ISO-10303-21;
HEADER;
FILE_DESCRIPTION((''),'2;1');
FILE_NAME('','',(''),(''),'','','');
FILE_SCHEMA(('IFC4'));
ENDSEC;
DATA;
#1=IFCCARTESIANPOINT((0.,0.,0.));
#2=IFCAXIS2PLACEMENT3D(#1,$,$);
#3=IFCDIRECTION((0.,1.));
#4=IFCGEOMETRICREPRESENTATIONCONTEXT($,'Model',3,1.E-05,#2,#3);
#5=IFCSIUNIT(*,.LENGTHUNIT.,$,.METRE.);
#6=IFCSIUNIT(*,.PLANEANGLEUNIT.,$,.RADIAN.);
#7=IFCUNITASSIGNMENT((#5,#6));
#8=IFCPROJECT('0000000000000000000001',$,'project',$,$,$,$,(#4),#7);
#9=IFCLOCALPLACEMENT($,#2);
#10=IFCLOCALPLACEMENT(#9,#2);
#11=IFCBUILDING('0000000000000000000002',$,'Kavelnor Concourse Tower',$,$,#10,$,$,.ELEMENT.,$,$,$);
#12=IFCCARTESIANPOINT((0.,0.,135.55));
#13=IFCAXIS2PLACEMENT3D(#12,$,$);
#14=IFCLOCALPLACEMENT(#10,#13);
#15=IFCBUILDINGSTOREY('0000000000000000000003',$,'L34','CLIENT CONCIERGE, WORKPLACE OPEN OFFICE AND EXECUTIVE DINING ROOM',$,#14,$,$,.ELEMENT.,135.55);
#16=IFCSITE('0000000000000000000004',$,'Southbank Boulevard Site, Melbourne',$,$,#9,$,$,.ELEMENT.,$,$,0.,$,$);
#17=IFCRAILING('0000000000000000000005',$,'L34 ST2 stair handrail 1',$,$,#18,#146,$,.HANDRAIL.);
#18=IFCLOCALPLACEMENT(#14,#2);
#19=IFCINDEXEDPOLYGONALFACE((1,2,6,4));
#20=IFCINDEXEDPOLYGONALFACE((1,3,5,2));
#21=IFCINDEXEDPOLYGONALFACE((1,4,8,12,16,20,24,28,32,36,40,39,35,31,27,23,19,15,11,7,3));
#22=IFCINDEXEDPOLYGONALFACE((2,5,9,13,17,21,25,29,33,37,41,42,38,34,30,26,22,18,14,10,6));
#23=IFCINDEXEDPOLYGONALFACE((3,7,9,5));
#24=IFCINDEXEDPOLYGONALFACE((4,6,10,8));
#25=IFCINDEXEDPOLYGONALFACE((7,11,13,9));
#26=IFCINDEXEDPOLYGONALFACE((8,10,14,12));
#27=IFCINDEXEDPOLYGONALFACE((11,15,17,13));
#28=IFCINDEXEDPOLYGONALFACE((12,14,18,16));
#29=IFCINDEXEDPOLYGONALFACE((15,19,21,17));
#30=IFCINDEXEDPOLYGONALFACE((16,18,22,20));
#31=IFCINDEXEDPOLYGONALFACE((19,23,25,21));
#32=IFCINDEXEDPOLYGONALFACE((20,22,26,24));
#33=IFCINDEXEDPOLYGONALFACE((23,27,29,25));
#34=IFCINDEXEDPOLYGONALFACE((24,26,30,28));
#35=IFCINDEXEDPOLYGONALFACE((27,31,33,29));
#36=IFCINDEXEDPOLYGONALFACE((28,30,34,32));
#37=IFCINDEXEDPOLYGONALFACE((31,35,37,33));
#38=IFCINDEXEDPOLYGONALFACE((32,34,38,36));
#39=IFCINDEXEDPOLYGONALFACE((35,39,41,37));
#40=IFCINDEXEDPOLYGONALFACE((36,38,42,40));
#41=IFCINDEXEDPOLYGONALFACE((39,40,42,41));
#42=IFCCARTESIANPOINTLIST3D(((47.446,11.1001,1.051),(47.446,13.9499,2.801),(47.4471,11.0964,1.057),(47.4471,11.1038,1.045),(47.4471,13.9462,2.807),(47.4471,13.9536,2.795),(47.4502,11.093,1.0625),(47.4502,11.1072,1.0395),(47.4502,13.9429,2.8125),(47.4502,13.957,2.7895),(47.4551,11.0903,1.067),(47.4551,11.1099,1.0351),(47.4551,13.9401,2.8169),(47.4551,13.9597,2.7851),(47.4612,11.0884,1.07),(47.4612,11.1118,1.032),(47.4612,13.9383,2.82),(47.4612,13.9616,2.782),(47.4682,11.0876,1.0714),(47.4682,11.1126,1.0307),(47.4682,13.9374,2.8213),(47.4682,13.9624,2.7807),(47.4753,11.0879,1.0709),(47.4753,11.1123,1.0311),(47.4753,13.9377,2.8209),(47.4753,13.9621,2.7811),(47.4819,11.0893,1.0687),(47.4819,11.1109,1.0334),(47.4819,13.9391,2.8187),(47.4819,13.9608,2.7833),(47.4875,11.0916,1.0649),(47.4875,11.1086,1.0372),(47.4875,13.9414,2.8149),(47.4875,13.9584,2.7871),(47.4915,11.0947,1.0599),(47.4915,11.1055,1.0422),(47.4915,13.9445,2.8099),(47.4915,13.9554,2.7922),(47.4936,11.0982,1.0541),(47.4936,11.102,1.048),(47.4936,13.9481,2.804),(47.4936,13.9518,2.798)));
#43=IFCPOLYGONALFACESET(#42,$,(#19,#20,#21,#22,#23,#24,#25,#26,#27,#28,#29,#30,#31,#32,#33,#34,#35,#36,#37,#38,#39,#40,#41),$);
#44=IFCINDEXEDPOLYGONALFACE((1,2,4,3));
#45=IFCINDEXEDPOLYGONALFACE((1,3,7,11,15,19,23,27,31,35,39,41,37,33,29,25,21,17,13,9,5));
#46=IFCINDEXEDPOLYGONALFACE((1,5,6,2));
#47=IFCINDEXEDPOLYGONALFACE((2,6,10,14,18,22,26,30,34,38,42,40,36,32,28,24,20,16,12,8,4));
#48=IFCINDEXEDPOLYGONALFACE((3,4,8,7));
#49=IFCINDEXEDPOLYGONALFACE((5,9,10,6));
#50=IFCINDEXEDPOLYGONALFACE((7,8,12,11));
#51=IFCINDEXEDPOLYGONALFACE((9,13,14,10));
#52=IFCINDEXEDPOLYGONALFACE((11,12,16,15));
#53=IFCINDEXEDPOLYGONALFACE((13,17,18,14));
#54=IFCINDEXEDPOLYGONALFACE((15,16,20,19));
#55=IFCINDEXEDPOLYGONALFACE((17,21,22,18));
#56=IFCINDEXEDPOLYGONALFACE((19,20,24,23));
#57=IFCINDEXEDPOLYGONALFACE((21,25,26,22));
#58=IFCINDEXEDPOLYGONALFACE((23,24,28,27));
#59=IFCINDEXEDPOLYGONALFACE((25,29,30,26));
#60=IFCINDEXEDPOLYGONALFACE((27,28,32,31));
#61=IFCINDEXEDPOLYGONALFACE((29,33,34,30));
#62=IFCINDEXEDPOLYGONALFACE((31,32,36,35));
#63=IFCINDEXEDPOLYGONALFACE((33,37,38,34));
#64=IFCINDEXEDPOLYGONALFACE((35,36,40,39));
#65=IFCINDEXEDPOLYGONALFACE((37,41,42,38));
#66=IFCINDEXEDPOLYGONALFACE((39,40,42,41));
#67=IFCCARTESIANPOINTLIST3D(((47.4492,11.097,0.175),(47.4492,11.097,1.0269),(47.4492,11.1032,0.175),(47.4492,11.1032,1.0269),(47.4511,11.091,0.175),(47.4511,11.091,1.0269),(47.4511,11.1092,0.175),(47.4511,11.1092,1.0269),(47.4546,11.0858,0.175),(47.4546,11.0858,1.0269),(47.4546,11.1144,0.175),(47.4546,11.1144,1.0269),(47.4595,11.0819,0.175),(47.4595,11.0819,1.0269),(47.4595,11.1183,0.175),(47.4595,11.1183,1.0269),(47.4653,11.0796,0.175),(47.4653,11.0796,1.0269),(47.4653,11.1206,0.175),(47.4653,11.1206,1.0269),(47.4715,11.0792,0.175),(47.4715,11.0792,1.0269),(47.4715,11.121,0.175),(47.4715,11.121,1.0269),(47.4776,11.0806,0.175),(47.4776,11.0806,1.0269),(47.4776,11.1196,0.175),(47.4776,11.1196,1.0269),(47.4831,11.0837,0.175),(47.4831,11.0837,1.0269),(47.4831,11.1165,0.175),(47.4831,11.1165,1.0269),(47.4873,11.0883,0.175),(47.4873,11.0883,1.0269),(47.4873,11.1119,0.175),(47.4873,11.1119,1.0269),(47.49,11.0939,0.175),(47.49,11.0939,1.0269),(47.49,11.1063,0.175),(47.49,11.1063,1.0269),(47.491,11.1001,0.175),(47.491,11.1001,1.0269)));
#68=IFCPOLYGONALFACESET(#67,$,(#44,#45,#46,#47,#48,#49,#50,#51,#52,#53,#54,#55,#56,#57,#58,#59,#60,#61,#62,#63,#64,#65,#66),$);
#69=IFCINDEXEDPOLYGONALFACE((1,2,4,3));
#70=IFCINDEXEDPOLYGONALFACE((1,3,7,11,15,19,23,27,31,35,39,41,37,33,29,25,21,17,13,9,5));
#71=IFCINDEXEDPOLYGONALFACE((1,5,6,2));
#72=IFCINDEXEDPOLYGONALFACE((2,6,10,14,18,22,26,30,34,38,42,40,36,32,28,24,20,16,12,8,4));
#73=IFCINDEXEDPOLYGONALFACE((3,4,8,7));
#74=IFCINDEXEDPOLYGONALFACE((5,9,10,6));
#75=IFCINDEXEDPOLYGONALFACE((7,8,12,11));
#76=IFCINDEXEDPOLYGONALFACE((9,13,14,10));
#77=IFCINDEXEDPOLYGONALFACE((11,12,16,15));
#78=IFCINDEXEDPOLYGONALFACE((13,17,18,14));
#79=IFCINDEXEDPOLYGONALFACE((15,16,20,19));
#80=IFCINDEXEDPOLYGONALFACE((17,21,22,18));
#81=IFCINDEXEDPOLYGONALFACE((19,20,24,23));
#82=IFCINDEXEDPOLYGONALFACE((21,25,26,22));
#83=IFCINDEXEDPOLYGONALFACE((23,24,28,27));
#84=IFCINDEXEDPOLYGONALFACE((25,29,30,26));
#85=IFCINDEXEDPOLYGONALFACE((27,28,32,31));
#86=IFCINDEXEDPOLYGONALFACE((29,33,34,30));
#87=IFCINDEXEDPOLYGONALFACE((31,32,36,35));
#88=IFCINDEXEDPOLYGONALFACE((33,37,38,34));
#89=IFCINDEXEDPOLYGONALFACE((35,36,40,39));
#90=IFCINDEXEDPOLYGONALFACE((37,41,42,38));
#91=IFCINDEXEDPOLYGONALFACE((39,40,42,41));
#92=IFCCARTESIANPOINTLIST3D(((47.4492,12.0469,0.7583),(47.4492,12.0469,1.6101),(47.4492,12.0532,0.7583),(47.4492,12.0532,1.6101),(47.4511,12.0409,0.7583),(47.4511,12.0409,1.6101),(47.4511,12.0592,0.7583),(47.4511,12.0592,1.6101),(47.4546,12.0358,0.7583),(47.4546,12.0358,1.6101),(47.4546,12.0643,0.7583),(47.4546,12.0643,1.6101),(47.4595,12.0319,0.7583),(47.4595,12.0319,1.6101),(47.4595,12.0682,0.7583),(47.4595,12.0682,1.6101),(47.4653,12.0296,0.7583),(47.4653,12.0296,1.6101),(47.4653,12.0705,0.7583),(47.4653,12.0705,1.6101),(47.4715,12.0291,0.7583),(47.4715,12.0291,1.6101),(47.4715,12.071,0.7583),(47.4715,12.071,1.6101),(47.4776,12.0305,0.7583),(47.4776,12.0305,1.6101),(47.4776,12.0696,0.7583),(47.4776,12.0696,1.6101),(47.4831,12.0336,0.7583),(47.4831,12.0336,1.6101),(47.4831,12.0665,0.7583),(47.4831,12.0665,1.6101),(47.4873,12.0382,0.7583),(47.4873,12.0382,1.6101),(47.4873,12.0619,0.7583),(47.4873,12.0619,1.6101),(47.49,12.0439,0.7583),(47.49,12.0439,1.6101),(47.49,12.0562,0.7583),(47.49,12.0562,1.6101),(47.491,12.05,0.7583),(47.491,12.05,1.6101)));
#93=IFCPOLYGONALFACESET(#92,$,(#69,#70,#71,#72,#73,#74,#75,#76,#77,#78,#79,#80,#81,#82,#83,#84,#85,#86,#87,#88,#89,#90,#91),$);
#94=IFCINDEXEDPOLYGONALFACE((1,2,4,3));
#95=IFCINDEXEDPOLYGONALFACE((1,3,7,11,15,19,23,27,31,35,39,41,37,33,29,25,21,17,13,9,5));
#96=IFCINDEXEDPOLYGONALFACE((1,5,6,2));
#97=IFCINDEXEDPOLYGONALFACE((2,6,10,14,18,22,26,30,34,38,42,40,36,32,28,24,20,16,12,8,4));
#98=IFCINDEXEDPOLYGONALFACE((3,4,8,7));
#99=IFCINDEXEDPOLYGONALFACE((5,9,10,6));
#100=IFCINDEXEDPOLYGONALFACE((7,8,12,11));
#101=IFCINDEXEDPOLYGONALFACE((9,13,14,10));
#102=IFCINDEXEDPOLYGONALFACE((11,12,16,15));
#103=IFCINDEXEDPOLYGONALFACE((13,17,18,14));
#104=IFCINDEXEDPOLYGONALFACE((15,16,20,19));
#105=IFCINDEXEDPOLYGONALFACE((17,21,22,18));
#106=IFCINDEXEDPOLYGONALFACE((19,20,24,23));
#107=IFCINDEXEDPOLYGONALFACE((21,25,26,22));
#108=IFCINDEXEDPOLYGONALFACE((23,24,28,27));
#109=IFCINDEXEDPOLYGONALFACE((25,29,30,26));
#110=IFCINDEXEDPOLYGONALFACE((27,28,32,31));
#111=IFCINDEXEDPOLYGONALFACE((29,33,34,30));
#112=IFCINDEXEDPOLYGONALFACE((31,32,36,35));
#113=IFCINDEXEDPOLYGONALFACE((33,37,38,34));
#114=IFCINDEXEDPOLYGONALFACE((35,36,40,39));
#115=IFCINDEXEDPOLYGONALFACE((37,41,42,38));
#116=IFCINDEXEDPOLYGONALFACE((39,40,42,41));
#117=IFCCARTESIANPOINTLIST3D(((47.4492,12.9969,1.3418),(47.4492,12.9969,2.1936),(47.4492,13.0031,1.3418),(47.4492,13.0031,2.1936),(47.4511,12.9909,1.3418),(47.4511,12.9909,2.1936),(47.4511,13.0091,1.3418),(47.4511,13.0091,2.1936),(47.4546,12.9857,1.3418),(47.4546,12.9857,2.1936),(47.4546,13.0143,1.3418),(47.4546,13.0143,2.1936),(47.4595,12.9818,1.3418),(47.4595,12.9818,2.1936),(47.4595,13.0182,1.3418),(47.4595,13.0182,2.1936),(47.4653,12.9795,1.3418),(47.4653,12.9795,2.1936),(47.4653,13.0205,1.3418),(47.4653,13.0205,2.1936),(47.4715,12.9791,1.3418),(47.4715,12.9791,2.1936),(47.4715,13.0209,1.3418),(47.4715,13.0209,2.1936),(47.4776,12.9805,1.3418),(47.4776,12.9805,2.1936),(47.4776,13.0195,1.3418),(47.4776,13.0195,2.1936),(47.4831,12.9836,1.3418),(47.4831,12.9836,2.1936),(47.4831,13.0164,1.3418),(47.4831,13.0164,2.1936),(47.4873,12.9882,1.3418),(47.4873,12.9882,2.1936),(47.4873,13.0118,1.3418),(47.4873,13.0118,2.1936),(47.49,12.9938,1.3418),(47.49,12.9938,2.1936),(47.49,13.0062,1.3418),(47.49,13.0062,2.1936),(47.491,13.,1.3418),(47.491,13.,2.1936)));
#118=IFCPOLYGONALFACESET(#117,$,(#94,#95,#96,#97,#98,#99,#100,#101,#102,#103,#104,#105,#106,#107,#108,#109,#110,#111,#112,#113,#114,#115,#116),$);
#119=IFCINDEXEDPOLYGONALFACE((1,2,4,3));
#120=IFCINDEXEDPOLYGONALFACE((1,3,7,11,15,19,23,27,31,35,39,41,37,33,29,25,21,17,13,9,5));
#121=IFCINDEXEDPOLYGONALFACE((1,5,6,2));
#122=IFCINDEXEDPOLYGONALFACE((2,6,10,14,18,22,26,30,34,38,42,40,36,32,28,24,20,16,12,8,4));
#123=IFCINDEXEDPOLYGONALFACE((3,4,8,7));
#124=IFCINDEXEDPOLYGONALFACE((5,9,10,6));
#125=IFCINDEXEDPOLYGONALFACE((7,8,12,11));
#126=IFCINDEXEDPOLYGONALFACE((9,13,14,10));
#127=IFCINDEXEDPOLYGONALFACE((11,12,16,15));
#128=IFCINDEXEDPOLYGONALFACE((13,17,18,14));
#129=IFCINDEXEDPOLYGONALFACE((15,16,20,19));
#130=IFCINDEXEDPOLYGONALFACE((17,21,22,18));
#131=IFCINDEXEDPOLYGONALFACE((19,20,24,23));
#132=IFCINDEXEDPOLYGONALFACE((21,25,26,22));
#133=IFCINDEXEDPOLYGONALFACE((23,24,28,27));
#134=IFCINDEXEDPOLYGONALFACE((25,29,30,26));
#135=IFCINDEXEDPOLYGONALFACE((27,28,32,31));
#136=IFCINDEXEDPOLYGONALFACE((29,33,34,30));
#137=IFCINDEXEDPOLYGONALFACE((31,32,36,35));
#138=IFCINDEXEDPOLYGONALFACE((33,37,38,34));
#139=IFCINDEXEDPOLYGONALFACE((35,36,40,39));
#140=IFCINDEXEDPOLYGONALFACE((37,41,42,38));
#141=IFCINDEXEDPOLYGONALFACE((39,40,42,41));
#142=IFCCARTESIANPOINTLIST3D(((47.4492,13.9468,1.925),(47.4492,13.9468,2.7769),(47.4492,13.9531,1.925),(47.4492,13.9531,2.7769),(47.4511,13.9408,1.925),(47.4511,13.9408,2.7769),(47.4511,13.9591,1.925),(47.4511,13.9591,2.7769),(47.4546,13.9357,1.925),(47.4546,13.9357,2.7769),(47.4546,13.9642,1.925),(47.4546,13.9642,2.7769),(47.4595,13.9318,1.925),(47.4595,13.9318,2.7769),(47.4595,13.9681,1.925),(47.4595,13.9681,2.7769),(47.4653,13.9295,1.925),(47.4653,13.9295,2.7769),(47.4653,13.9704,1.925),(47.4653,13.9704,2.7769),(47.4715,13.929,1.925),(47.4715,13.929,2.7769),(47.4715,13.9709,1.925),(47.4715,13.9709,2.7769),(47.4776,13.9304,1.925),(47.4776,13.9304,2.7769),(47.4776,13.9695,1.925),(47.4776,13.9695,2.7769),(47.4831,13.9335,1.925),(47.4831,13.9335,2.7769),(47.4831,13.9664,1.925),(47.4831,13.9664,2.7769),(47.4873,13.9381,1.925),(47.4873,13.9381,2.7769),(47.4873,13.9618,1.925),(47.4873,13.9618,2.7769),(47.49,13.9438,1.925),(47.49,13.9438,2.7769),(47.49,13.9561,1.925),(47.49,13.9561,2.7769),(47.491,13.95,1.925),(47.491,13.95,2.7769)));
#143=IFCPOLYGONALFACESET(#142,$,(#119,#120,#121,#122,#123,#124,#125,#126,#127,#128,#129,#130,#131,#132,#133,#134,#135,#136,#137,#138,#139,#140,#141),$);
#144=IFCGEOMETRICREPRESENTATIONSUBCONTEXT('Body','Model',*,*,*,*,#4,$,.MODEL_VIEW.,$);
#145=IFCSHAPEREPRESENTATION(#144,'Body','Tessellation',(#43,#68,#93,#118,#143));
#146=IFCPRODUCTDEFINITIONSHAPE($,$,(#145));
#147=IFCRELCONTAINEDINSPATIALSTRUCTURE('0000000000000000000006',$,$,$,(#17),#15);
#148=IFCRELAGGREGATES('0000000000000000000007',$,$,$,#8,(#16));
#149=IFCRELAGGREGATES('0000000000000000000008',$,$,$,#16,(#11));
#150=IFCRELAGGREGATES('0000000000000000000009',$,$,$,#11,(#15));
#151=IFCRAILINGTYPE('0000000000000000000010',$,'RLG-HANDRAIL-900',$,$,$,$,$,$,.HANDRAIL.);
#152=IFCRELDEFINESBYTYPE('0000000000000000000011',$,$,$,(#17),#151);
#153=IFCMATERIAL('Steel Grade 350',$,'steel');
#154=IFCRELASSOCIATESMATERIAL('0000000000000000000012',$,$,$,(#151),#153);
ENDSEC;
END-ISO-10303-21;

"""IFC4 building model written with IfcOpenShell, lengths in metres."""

from ifc_helpers import new_model, si_unit, direction, frame, origin, origin_2d, place, context, subcontext, project, spatial, circle, extrude, material, type_object, element, save


model = new_model("IFC4")

# Units and contexts
model_context = context("Model", 3, precision=1e-05, world=origin(), true_north=direction((0.0, 1.0)))
body_context = subcontext(model_context, "Body", "Model", "MODEL_VIEW")
ifc_project = project(units=[si_unit("LENGTHUNIT", "METRE"), si_unit("PLANEANGLEUNIT", "RADIAN")], contexts=[model_context])

# Site, building, storey
site_placement = place(None, origin())
site = spatial("IfcSite", under=ifc_project, at=site_placement, Name="Southbank Boulevard Site, Melbourne", CompositionType="ELEMENT", RefElevation=0.0)
building_placement = place(site_placement, origin())
building = spatial("IfcBuilding", under=site, at=building_placement, Name="Kavelnor Concourse Tower", CompositionType="ELEMENT")
storey_placement = place(building_placement, frame((0.0, 0.0, 135.55)))
storey = spatial("IfcBuildingStorey", under=building, at=storey_placement, Name="L34", Description="CLIENT CONCIERGE, WORKPLACE OPEN OFFICE AND EXECUTIVE DINING ROOM", CompositionType="ELEMENT", Elevation=135.55)

# Shared definitions
ifc_material_1 = material(Name="Steel Grade 350", Category="steel")

# Railing
railing_type_1 = type_object("IfcRailingType", Name="RLG-HANDRAIL-900", PredefinedType="HANDRAIL", material=ifc_material_1)
railing_1_placement = place(storey_placement, frame((47.47, 11.1001, 0.175)))
element("IfcRailing", 1, at=railing_1_placement, inside=storey, type_object=railing_type_1, Name="L34 ST2 stair handrail 1", PredefinedType="HANDRAIL", context=body_context, shape_type="SweptSolid", body=[
    extrude(circle(Radius=0.0239, at=origin_2d()), frame((0.0, 0.0, 0.876), z_axis=(0.0, 0.852159, 0.523283), x_axis=(-1.0, 0.0, 0.0)), (0.0, 0.0, 1.0), 3.3442),
    extrude(circle(Radius=0.021, at=origin_2d()), origin(), (0.0, 0.0, 1.0), 0.8518),
    extrude(circle(Radius=0.021, at=origin_2d()), frame((0.0, 0.95, 0.5833)), (0.0, 0.0, 1.0), 0.8518),
    extrude(circle(Radius=0.021, at=origin_2d()), frame((0.0, 1.8999, 1.1667)), (0.0, 0.0, 1.0), 0.8518),
    extrude(circle(Radius=0.021, at=origin_2d()), frame((0.0, 2.8499, 1.75)), (0.0, 0.0, 1.0), 0.8518),
])

save(model, "model.ifc")
